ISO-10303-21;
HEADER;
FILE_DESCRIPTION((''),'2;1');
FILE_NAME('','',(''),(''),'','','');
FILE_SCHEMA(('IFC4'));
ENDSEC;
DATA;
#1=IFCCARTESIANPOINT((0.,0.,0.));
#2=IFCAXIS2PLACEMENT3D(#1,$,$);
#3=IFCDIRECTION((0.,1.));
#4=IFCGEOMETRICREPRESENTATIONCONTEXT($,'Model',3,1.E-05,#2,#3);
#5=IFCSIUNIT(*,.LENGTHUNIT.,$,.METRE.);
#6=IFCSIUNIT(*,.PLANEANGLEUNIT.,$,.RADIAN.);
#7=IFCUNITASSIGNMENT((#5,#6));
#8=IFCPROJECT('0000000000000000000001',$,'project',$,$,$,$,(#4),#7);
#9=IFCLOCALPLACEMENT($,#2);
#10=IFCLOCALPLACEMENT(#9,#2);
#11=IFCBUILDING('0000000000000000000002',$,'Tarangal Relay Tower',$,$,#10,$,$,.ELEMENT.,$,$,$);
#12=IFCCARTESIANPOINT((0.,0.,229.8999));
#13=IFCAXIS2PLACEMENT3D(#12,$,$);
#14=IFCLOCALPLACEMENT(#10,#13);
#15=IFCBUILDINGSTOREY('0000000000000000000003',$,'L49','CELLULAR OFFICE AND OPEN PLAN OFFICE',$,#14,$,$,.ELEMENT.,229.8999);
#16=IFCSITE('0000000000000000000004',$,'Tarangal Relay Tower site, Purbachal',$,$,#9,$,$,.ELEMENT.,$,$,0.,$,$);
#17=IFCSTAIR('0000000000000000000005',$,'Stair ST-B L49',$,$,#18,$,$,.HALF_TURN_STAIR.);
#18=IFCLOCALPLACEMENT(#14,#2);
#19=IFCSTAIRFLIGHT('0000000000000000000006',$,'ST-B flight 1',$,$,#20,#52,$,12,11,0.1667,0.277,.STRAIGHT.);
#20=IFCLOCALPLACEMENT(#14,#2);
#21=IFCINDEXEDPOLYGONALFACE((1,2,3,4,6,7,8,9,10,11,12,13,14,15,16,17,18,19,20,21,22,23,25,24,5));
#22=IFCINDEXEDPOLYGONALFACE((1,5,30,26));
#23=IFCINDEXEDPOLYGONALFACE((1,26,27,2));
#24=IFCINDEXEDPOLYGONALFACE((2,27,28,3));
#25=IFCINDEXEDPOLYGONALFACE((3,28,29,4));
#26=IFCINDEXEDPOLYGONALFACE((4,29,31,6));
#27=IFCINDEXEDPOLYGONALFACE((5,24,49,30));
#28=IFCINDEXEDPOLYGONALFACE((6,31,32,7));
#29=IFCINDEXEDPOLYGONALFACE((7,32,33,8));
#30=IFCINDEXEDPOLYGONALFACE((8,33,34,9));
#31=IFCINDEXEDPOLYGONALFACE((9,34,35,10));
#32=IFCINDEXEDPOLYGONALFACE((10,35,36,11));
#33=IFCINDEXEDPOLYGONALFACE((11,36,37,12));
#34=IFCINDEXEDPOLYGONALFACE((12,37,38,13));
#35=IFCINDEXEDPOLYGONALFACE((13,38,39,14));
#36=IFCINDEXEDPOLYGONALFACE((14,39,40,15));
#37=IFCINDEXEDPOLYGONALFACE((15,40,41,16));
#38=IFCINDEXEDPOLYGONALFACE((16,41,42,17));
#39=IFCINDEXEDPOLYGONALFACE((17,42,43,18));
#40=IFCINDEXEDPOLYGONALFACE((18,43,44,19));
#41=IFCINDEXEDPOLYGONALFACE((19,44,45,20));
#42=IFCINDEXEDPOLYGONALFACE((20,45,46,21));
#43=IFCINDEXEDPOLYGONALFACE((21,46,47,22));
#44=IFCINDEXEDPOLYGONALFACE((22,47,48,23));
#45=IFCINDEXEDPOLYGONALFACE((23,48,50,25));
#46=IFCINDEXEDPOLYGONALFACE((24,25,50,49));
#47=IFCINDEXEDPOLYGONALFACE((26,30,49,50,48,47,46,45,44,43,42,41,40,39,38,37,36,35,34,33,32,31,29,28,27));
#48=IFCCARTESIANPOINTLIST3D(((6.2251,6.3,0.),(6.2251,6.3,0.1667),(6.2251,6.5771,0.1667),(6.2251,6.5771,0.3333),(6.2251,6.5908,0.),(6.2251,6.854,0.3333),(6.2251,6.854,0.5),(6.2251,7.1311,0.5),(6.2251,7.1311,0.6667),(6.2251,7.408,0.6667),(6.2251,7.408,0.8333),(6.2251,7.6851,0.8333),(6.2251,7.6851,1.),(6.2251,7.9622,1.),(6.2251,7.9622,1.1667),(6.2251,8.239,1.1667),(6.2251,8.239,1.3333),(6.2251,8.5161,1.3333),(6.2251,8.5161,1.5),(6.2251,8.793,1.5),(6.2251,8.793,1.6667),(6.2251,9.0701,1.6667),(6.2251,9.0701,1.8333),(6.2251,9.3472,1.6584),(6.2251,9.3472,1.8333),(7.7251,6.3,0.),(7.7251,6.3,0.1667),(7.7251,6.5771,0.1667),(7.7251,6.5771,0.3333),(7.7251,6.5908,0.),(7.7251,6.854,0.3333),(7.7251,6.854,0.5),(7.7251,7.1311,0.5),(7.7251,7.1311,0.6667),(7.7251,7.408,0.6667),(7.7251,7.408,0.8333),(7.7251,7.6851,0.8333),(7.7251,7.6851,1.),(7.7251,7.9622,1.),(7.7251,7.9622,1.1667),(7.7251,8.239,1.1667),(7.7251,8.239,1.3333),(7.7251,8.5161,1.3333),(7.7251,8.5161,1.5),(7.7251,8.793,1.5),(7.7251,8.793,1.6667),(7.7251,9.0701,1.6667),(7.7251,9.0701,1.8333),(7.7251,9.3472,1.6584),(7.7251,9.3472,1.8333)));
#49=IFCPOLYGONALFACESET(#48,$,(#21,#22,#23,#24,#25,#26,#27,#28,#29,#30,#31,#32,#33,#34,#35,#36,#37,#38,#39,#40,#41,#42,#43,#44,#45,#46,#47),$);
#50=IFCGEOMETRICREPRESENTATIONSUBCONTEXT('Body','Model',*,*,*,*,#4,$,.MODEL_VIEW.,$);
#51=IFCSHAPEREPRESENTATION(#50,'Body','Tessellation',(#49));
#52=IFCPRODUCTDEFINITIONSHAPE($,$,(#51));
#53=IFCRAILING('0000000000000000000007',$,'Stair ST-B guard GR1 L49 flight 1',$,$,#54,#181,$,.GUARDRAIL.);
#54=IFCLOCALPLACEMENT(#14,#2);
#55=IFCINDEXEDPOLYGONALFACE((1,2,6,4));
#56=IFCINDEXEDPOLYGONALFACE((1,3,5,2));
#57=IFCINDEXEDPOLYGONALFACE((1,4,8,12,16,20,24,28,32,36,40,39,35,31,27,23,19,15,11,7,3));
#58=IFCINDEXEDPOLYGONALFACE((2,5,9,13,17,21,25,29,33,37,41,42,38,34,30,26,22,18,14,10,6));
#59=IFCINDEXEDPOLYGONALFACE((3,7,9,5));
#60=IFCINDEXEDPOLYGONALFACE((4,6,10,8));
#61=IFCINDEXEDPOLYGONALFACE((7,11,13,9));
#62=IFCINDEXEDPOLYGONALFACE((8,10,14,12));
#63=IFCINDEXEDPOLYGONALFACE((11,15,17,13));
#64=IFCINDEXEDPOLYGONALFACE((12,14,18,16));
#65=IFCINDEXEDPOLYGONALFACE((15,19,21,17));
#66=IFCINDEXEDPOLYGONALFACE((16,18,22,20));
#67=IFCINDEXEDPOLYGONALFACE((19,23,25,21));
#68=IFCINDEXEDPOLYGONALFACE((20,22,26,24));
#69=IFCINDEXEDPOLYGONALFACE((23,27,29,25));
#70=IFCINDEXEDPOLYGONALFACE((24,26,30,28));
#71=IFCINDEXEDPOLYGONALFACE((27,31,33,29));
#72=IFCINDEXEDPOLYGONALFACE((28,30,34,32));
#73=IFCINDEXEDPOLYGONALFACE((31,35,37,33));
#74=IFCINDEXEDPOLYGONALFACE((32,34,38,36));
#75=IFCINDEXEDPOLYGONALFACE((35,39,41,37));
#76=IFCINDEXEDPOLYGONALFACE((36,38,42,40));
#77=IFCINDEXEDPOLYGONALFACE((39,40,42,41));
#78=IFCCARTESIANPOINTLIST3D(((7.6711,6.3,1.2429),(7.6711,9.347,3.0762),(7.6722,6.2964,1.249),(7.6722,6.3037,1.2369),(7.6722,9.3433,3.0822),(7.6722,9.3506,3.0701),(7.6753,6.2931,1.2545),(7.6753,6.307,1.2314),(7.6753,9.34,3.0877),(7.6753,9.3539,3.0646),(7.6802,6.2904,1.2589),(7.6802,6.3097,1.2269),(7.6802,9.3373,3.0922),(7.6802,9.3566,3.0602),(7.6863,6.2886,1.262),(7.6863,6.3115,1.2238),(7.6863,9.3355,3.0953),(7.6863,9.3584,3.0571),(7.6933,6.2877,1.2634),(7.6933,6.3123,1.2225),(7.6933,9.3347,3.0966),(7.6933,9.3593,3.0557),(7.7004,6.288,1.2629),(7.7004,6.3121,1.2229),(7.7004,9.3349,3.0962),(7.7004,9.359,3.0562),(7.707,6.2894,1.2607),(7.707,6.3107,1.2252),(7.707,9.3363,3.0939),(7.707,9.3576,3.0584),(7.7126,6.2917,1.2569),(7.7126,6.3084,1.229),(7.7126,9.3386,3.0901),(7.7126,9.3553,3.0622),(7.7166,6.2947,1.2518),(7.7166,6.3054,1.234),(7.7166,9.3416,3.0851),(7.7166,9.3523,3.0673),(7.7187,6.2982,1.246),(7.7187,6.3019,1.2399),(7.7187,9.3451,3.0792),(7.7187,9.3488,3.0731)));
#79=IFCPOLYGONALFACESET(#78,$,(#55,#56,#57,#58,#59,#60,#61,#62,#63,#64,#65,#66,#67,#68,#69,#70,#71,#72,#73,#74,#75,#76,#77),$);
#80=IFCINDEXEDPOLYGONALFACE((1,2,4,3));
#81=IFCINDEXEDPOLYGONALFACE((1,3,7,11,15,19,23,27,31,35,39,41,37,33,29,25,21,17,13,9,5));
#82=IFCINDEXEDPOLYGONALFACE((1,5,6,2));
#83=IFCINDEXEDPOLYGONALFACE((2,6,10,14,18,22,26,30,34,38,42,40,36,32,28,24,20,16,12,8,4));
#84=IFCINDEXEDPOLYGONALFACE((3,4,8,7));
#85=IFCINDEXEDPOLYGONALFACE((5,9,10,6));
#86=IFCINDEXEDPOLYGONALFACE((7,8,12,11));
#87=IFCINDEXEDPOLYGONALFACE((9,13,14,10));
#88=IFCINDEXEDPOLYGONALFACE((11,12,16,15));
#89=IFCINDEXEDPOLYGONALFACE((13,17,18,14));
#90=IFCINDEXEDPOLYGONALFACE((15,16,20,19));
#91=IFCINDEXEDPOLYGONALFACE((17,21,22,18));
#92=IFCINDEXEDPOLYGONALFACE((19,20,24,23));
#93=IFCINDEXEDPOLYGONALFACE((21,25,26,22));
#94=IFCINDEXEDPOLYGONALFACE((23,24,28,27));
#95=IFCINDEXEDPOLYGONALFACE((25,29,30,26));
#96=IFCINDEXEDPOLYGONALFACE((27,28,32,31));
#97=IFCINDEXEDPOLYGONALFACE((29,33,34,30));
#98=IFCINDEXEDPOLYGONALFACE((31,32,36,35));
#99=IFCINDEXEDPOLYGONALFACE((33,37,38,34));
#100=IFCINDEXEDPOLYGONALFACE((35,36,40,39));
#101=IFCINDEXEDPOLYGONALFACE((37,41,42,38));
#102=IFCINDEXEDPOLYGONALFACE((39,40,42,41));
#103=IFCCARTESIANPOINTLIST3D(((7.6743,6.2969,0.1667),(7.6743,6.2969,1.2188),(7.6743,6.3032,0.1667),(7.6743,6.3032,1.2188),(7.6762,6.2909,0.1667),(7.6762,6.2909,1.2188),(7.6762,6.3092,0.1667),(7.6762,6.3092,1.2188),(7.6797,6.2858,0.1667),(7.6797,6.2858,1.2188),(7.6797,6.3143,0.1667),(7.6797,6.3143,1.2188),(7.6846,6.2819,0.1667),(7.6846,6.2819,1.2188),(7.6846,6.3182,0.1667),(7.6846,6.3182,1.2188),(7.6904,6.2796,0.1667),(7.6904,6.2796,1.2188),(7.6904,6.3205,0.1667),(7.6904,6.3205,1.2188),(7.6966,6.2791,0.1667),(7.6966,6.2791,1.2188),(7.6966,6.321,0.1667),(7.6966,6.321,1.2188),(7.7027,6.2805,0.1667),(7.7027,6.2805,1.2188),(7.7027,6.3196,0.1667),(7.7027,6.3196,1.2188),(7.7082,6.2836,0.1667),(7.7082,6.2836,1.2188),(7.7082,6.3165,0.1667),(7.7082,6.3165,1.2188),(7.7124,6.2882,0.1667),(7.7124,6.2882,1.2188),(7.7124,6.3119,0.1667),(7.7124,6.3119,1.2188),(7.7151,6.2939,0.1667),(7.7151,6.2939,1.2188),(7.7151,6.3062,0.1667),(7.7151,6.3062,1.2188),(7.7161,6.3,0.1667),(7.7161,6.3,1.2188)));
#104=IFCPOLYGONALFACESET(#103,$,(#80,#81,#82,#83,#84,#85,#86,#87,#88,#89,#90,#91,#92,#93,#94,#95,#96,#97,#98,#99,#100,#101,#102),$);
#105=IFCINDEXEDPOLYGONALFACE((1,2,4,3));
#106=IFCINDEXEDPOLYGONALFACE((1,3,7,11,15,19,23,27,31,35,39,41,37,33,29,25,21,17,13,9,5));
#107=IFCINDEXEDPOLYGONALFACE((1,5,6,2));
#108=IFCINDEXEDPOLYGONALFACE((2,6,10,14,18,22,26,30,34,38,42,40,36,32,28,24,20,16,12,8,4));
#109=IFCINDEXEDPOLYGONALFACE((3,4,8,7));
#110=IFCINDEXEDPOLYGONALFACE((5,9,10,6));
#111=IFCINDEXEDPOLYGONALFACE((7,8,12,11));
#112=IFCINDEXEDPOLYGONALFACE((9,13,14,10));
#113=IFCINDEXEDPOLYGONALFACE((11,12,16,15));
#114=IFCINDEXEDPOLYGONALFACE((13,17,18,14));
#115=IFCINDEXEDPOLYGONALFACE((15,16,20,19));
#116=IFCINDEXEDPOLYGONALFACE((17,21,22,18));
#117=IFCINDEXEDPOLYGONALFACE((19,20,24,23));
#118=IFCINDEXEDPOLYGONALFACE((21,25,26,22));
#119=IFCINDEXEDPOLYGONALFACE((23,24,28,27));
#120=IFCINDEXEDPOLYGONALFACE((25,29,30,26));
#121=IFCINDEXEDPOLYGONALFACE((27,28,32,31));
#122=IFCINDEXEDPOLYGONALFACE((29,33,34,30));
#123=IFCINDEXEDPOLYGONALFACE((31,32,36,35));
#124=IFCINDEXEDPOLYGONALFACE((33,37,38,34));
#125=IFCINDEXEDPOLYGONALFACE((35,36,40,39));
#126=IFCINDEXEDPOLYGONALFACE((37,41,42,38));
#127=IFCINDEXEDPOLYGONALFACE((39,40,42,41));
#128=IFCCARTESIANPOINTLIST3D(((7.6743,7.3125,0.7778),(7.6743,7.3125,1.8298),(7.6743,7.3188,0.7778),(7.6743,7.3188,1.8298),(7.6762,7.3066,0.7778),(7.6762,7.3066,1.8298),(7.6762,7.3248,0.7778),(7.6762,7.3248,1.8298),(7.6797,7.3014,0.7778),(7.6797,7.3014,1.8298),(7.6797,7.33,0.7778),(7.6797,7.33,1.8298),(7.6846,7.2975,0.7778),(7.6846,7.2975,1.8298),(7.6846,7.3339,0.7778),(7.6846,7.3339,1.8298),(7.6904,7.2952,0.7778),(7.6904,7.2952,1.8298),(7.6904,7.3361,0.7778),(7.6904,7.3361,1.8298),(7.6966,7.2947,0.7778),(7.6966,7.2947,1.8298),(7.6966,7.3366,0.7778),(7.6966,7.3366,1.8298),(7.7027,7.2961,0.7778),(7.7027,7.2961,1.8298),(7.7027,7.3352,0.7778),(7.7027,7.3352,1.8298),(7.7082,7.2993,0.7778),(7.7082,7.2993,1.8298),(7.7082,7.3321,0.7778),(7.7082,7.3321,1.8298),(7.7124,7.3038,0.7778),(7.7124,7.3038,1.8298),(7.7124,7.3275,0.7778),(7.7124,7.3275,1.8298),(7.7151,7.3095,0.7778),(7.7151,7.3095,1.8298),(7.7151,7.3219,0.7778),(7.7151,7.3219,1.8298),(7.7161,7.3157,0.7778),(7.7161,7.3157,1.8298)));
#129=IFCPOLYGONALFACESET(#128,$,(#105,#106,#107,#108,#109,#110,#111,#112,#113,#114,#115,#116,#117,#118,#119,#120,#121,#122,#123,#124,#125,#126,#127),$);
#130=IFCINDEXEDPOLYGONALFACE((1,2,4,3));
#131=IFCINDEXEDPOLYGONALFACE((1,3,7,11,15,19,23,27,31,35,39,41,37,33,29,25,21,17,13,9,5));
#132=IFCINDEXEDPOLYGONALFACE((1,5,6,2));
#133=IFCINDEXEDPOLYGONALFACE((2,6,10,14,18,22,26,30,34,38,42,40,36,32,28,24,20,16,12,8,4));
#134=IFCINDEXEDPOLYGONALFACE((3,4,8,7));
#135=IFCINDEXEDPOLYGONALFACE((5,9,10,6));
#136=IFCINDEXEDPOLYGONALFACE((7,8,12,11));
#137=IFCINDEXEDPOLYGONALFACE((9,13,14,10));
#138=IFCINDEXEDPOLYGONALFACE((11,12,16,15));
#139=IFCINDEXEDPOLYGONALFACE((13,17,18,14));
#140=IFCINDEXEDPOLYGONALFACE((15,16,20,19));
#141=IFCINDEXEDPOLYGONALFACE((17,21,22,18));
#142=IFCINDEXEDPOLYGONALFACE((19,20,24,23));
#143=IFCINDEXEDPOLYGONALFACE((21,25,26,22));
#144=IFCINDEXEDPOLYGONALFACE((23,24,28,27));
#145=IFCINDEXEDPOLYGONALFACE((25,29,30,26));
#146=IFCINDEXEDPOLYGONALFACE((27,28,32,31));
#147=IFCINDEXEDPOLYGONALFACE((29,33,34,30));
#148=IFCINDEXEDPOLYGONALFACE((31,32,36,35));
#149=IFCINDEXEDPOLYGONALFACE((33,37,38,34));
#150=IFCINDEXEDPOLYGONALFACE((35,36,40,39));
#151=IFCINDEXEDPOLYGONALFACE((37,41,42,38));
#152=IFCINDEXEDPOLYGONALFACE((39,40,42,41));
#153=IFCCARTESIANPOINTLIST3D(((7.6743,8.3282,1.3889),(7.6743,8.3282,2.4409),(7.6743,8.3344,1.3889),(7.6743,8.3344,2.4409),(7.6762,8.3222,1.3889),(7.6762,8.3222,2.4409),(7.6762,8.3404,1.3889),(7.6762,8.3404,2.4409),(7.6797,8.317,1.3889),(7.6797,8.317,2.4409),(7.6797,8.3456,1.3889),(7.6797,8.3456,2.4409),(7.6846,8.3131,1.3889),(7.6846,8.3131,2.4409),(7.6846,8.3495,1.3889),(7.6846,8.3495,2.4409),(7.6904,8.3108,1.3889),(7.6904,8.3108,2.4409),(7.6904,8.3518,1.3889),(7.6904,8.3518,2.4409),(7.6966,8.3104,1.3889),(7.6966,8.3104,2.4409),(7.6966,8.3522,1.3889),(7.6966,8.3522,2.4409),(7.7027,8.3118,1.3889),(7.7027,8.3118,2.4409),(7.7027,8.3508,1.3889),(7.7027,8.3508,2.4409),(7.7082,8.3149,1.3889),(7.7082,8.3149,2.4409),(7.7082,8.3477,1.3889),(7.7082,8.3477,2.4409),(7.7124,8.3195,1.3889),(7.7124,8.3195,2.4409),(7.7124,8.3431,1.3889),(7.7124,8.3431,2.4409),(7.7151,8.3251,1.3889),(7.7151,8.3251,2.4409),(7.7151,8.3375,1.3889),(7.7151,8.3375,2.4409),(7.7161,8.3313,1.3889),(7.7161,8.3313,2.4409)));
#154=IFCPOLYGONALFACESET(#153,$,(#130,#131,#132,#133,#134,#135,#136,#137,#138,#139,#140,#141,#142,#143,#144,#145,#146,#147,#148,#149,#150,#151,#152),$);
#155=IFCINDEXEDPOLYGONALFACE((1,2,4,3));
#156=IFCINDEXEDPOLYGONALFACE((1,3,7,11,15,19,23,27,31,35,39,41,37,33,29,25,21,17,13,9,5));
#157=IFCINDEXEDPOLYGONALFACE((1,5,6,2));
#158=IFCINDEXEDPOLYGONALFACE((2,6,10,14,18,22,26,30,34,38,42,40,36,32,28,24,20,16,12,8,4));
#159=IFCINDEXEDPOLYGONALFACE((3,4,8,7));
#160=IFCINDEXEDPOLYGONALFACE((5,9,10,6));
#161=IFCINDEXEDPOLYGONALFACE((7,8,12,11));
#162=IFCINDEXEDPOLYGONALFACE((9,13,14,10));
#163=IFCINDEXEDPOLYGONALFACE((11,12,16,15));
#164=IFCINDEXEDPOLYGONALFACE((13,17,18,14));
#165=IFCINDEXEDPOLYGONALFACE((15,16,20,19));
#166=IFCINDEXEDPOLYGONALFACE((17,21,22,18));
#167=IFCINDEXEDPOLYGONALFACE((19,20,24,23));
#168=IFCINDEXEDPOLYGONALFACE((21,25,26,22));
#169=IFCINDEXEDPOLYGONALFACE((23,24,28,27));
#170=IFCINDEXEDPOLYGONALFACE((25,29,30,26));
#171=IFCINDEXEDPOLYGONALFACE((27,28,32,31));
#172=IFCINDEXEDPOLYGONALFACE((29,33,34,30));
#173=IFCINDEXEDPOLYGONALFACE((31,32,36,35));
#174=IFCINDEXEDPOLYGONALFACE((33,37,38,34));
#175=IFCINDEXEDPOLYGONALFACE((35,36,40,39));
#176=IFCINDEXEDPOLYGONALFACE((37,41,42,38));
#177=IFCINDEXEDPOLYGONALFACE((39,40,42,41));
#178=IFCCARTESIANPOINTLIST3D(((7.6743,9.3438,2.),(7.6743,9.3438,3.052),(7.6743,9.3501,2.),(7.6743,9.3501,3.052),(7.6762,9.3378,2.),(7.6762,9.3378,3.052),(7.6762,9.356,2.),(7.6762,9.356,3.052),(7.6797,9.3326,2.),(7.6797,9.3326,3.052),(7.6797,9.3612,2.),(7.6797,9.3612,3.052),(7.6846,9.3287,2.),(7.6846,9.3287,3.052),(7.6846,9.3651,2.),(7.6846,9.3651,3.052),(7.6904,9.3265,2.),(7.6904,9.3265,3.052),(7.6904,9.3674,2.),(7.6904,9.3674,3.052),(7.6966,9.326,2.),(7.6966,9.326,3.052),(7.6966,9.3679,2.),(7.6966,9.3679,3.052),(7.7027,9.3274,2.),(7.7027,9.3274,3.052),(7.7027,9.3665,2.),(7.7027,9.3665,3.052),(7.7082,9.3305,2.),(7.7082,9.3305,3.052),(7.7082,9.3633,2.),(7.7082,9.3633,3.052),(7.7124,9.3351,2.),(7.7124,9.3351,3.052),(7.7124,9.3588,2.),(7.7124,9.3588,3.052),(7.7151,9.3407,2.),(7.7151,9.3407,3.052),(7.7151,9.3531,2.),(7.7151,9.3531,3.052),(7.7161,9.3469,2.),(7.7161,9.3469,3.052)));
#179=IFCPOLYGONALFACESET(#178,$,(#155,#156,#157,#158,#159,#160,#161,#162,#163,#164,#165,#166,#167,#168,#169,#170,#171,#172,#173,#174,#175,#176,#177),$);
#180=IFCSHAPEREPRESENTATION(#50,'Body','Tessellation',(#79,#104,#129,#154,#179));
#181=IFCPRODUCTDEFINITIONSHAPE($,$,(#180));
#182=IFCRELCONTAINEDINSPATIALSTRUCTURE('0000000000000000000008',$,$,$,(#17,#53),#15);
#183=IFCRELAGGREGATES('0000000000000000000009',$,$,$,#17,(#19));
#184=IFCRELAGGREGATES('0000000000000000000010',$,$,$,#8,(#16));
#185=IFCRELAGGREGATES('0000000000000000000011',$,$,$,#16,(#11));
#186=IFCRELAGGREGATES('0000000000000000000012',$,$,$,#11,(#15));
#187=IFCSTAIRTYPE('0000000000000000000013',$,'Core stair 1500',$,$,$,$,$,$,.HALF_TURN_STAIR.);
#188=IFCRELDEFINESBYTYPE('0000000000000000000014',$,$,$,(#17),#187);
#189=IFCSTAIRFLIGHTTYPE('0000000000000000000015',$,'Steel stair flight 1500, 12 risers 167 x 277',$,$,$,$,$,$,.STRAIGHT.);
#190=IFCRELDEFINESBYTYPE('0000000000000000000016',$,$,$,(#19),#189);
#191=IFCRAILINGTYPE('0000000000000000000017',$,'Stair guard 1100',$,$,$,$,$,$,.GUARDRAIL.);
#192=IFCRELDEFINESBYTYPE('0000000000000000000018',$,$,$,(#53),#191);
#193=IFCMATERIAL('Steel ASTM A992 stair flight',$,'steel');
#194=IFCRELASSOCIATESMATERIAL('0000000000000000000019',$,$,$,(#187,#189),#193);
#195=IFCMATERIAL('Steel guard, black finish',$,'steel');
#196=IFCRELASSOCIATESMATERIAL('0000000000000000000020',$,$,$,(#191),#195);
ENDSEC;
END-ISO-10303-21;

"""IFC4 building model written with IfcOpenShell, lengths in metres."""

from ifc_helpers import new_model, si_unit, direction, frame, origin, origin_2d, place, context, subcontext, project, spatial, polyline, circle, outline, extrude, material, type_object, element, aggregate, save


model = new_model("IFC4")

# Units and contexts
model_context = context("Model", 3, precision=1e-05, world=origin(), true_north=direction((0.0, 1.0)))
body_context = subcontext(model_context, "Body", "Model", "MODEL_VIEW")
ifc_project = project(units=[si_unit("LENGTHUNIT", "METRE"), si_unit("PLANEANGLEUNIT", "RADIAN")], contexts=[model_context])

# Site, building, storey
site_placement = place(None, origin())
site = spatial("IfcSite", under=ifc_project, at=site_placement, Name="Tarangal Relay Tower site, Purbachal", CompositionType="ELEMENT", RefElevation=0.0)
building_placement = place(site_placement, origin())
building = spatial("IfcBuilding", under=site, at=building_placement, Name="Tarangal Relay Tower", CompositionType="ELEMENT")
storey_placement = place(building_placement, frame((0.0, 0.0, 229.8999)))
storey = spatial("IfcBuildingStorey", under=building, at=storey_placement, Name="L49", Description="CELLULAR OFFICE AND OPEN PLAN OFFICE", CompositionType="ELEMENT", Elevation=229.8999)

# Stair
ifc_material_1 = material(Name="Steel ASTM A992 stair flight", Category="steel")
stair_type = type_object("IfcStairType", Name="Core stair 1500", PredefinedType="HALF_TURN_STAIR", material=ifc_material_1)
stair_1_placement = place(storey_placement, origin())
stair_1 = element("IfcStair", 1, at=stair_1_placement, inside=storey, type_object=stair_type, Name="Stair ST-B L49", PredefinedType="HALF_TURN_STAIR")

# Stair flight
stair_flight_type = type_object("IfcStairFlightType", Name="Steel stair flight 1500, 12 risers 167 x 277", PredefinedType="STRAIGHT", material=ifc_material_1)
stair_flight_placement = place(storey_placement, frame((6.9751, 6.3, 0.0), z_axis=(0.0, 0.0, 1.0), x_axis=(0.0, 1.0, 0.0)))
stair_flight = element("IfcStairFlight", 2, at=stair_flight_placement, type_object=stair_flight_type, Name="ST-B flight 1", NumberOfRisers=12, NumberOfTreads=11, PredefinedType="STRAIGHT", RiserHeight=0.1667, TreadLength=0.277, context=body_context, shape_type="SweptSolid", body=[
    extrude(outline(polyline([(0.0, 0.0), (0.0, 0.1667), (0.2771, 0.1667), (0.2771, 0.3333), (0.554, 0.3333), (0.554, 0.5), (0.8311, 0.5), (0.8311, 0.6667), (1.1079, 0.6667), (1.1079, 0.8333), (1.385, 0.8333), (1.385, 1.0), (1.6621, 1.0), (1.6621, 1.1667), (1.939, 1.1667), (1.939, 1.3333), (2.2161, 1.3333), (2.2161, 1.5), (2.4929, 1.5), (2.4929, 1.6667), (2.77, 1.6667), (2.77, 1.8333), (3.0471, 1.8333), (3.0471, 2.0), (3.0471, 1.6584), (0.2908, 0.0), (0.0, 0.0)])), frame((0.0, 0.75, 0.0), z_axis=(0.0, -1.0, 0.0), x_axis=(1.0, 0.0, 0.0)), (0.0, 0.0, 1.0), 1.5),
])
aggregate(stair_1, [stair_flight])

# Railing
ifc_material_2 = material(Name="Steel guard, black finish", Category="steel")
railing_type_1 = type_object("IfcRailingType", Name="Stair guard 1100", PredefinedType="GUARDRAIL", material=ifc_material_2)
railing_1_placement = place(storey_placement, frame((7.6951, 6.3, 0.1667)))
element("IfcRailing", 3, at=railing_1_placement, inside=storey, type_object=railing_type_1, Name="Stair ST-B guard GR1 L49 flight 1", PredefinedType="GUARDRAIL", context=body_context, shape_type="SweptSolid", body=[
    extrude(circle(Radius=0.0239, at=origin_2d()), frame((0.0, 0.0, 1.0762), z_axis=(0.0, 0.856856, 0.515556), x_axis=(-1.0, 0.0, 0.0)), (0.0, 0.0, 1.0), 3.5559),
    extrude(circle(Radius=0.021, at=origin_2d()), origin(), (0.0, 0.0, 1.0), 1.052),
    extrude(circle(Radius=0.021, at=origin_2d()), frame((0.0, 1.0156, 0.6111)), (0.0, 0.0, 1.0), 1.052),
    extrude(circle(Radius=0.021, at=origin_2d()), frame((0.0, 2.0312, 1.2222)), (0.0, 0.0, 1.0), 1.052),
    extrude(circle(Radius=0.021, at=origin_2d()), frame((0.0, 3.0469, 1.8333)), (0.0, 0.0, 1.0), 1.052),
])

save(model, "model.ifc")
